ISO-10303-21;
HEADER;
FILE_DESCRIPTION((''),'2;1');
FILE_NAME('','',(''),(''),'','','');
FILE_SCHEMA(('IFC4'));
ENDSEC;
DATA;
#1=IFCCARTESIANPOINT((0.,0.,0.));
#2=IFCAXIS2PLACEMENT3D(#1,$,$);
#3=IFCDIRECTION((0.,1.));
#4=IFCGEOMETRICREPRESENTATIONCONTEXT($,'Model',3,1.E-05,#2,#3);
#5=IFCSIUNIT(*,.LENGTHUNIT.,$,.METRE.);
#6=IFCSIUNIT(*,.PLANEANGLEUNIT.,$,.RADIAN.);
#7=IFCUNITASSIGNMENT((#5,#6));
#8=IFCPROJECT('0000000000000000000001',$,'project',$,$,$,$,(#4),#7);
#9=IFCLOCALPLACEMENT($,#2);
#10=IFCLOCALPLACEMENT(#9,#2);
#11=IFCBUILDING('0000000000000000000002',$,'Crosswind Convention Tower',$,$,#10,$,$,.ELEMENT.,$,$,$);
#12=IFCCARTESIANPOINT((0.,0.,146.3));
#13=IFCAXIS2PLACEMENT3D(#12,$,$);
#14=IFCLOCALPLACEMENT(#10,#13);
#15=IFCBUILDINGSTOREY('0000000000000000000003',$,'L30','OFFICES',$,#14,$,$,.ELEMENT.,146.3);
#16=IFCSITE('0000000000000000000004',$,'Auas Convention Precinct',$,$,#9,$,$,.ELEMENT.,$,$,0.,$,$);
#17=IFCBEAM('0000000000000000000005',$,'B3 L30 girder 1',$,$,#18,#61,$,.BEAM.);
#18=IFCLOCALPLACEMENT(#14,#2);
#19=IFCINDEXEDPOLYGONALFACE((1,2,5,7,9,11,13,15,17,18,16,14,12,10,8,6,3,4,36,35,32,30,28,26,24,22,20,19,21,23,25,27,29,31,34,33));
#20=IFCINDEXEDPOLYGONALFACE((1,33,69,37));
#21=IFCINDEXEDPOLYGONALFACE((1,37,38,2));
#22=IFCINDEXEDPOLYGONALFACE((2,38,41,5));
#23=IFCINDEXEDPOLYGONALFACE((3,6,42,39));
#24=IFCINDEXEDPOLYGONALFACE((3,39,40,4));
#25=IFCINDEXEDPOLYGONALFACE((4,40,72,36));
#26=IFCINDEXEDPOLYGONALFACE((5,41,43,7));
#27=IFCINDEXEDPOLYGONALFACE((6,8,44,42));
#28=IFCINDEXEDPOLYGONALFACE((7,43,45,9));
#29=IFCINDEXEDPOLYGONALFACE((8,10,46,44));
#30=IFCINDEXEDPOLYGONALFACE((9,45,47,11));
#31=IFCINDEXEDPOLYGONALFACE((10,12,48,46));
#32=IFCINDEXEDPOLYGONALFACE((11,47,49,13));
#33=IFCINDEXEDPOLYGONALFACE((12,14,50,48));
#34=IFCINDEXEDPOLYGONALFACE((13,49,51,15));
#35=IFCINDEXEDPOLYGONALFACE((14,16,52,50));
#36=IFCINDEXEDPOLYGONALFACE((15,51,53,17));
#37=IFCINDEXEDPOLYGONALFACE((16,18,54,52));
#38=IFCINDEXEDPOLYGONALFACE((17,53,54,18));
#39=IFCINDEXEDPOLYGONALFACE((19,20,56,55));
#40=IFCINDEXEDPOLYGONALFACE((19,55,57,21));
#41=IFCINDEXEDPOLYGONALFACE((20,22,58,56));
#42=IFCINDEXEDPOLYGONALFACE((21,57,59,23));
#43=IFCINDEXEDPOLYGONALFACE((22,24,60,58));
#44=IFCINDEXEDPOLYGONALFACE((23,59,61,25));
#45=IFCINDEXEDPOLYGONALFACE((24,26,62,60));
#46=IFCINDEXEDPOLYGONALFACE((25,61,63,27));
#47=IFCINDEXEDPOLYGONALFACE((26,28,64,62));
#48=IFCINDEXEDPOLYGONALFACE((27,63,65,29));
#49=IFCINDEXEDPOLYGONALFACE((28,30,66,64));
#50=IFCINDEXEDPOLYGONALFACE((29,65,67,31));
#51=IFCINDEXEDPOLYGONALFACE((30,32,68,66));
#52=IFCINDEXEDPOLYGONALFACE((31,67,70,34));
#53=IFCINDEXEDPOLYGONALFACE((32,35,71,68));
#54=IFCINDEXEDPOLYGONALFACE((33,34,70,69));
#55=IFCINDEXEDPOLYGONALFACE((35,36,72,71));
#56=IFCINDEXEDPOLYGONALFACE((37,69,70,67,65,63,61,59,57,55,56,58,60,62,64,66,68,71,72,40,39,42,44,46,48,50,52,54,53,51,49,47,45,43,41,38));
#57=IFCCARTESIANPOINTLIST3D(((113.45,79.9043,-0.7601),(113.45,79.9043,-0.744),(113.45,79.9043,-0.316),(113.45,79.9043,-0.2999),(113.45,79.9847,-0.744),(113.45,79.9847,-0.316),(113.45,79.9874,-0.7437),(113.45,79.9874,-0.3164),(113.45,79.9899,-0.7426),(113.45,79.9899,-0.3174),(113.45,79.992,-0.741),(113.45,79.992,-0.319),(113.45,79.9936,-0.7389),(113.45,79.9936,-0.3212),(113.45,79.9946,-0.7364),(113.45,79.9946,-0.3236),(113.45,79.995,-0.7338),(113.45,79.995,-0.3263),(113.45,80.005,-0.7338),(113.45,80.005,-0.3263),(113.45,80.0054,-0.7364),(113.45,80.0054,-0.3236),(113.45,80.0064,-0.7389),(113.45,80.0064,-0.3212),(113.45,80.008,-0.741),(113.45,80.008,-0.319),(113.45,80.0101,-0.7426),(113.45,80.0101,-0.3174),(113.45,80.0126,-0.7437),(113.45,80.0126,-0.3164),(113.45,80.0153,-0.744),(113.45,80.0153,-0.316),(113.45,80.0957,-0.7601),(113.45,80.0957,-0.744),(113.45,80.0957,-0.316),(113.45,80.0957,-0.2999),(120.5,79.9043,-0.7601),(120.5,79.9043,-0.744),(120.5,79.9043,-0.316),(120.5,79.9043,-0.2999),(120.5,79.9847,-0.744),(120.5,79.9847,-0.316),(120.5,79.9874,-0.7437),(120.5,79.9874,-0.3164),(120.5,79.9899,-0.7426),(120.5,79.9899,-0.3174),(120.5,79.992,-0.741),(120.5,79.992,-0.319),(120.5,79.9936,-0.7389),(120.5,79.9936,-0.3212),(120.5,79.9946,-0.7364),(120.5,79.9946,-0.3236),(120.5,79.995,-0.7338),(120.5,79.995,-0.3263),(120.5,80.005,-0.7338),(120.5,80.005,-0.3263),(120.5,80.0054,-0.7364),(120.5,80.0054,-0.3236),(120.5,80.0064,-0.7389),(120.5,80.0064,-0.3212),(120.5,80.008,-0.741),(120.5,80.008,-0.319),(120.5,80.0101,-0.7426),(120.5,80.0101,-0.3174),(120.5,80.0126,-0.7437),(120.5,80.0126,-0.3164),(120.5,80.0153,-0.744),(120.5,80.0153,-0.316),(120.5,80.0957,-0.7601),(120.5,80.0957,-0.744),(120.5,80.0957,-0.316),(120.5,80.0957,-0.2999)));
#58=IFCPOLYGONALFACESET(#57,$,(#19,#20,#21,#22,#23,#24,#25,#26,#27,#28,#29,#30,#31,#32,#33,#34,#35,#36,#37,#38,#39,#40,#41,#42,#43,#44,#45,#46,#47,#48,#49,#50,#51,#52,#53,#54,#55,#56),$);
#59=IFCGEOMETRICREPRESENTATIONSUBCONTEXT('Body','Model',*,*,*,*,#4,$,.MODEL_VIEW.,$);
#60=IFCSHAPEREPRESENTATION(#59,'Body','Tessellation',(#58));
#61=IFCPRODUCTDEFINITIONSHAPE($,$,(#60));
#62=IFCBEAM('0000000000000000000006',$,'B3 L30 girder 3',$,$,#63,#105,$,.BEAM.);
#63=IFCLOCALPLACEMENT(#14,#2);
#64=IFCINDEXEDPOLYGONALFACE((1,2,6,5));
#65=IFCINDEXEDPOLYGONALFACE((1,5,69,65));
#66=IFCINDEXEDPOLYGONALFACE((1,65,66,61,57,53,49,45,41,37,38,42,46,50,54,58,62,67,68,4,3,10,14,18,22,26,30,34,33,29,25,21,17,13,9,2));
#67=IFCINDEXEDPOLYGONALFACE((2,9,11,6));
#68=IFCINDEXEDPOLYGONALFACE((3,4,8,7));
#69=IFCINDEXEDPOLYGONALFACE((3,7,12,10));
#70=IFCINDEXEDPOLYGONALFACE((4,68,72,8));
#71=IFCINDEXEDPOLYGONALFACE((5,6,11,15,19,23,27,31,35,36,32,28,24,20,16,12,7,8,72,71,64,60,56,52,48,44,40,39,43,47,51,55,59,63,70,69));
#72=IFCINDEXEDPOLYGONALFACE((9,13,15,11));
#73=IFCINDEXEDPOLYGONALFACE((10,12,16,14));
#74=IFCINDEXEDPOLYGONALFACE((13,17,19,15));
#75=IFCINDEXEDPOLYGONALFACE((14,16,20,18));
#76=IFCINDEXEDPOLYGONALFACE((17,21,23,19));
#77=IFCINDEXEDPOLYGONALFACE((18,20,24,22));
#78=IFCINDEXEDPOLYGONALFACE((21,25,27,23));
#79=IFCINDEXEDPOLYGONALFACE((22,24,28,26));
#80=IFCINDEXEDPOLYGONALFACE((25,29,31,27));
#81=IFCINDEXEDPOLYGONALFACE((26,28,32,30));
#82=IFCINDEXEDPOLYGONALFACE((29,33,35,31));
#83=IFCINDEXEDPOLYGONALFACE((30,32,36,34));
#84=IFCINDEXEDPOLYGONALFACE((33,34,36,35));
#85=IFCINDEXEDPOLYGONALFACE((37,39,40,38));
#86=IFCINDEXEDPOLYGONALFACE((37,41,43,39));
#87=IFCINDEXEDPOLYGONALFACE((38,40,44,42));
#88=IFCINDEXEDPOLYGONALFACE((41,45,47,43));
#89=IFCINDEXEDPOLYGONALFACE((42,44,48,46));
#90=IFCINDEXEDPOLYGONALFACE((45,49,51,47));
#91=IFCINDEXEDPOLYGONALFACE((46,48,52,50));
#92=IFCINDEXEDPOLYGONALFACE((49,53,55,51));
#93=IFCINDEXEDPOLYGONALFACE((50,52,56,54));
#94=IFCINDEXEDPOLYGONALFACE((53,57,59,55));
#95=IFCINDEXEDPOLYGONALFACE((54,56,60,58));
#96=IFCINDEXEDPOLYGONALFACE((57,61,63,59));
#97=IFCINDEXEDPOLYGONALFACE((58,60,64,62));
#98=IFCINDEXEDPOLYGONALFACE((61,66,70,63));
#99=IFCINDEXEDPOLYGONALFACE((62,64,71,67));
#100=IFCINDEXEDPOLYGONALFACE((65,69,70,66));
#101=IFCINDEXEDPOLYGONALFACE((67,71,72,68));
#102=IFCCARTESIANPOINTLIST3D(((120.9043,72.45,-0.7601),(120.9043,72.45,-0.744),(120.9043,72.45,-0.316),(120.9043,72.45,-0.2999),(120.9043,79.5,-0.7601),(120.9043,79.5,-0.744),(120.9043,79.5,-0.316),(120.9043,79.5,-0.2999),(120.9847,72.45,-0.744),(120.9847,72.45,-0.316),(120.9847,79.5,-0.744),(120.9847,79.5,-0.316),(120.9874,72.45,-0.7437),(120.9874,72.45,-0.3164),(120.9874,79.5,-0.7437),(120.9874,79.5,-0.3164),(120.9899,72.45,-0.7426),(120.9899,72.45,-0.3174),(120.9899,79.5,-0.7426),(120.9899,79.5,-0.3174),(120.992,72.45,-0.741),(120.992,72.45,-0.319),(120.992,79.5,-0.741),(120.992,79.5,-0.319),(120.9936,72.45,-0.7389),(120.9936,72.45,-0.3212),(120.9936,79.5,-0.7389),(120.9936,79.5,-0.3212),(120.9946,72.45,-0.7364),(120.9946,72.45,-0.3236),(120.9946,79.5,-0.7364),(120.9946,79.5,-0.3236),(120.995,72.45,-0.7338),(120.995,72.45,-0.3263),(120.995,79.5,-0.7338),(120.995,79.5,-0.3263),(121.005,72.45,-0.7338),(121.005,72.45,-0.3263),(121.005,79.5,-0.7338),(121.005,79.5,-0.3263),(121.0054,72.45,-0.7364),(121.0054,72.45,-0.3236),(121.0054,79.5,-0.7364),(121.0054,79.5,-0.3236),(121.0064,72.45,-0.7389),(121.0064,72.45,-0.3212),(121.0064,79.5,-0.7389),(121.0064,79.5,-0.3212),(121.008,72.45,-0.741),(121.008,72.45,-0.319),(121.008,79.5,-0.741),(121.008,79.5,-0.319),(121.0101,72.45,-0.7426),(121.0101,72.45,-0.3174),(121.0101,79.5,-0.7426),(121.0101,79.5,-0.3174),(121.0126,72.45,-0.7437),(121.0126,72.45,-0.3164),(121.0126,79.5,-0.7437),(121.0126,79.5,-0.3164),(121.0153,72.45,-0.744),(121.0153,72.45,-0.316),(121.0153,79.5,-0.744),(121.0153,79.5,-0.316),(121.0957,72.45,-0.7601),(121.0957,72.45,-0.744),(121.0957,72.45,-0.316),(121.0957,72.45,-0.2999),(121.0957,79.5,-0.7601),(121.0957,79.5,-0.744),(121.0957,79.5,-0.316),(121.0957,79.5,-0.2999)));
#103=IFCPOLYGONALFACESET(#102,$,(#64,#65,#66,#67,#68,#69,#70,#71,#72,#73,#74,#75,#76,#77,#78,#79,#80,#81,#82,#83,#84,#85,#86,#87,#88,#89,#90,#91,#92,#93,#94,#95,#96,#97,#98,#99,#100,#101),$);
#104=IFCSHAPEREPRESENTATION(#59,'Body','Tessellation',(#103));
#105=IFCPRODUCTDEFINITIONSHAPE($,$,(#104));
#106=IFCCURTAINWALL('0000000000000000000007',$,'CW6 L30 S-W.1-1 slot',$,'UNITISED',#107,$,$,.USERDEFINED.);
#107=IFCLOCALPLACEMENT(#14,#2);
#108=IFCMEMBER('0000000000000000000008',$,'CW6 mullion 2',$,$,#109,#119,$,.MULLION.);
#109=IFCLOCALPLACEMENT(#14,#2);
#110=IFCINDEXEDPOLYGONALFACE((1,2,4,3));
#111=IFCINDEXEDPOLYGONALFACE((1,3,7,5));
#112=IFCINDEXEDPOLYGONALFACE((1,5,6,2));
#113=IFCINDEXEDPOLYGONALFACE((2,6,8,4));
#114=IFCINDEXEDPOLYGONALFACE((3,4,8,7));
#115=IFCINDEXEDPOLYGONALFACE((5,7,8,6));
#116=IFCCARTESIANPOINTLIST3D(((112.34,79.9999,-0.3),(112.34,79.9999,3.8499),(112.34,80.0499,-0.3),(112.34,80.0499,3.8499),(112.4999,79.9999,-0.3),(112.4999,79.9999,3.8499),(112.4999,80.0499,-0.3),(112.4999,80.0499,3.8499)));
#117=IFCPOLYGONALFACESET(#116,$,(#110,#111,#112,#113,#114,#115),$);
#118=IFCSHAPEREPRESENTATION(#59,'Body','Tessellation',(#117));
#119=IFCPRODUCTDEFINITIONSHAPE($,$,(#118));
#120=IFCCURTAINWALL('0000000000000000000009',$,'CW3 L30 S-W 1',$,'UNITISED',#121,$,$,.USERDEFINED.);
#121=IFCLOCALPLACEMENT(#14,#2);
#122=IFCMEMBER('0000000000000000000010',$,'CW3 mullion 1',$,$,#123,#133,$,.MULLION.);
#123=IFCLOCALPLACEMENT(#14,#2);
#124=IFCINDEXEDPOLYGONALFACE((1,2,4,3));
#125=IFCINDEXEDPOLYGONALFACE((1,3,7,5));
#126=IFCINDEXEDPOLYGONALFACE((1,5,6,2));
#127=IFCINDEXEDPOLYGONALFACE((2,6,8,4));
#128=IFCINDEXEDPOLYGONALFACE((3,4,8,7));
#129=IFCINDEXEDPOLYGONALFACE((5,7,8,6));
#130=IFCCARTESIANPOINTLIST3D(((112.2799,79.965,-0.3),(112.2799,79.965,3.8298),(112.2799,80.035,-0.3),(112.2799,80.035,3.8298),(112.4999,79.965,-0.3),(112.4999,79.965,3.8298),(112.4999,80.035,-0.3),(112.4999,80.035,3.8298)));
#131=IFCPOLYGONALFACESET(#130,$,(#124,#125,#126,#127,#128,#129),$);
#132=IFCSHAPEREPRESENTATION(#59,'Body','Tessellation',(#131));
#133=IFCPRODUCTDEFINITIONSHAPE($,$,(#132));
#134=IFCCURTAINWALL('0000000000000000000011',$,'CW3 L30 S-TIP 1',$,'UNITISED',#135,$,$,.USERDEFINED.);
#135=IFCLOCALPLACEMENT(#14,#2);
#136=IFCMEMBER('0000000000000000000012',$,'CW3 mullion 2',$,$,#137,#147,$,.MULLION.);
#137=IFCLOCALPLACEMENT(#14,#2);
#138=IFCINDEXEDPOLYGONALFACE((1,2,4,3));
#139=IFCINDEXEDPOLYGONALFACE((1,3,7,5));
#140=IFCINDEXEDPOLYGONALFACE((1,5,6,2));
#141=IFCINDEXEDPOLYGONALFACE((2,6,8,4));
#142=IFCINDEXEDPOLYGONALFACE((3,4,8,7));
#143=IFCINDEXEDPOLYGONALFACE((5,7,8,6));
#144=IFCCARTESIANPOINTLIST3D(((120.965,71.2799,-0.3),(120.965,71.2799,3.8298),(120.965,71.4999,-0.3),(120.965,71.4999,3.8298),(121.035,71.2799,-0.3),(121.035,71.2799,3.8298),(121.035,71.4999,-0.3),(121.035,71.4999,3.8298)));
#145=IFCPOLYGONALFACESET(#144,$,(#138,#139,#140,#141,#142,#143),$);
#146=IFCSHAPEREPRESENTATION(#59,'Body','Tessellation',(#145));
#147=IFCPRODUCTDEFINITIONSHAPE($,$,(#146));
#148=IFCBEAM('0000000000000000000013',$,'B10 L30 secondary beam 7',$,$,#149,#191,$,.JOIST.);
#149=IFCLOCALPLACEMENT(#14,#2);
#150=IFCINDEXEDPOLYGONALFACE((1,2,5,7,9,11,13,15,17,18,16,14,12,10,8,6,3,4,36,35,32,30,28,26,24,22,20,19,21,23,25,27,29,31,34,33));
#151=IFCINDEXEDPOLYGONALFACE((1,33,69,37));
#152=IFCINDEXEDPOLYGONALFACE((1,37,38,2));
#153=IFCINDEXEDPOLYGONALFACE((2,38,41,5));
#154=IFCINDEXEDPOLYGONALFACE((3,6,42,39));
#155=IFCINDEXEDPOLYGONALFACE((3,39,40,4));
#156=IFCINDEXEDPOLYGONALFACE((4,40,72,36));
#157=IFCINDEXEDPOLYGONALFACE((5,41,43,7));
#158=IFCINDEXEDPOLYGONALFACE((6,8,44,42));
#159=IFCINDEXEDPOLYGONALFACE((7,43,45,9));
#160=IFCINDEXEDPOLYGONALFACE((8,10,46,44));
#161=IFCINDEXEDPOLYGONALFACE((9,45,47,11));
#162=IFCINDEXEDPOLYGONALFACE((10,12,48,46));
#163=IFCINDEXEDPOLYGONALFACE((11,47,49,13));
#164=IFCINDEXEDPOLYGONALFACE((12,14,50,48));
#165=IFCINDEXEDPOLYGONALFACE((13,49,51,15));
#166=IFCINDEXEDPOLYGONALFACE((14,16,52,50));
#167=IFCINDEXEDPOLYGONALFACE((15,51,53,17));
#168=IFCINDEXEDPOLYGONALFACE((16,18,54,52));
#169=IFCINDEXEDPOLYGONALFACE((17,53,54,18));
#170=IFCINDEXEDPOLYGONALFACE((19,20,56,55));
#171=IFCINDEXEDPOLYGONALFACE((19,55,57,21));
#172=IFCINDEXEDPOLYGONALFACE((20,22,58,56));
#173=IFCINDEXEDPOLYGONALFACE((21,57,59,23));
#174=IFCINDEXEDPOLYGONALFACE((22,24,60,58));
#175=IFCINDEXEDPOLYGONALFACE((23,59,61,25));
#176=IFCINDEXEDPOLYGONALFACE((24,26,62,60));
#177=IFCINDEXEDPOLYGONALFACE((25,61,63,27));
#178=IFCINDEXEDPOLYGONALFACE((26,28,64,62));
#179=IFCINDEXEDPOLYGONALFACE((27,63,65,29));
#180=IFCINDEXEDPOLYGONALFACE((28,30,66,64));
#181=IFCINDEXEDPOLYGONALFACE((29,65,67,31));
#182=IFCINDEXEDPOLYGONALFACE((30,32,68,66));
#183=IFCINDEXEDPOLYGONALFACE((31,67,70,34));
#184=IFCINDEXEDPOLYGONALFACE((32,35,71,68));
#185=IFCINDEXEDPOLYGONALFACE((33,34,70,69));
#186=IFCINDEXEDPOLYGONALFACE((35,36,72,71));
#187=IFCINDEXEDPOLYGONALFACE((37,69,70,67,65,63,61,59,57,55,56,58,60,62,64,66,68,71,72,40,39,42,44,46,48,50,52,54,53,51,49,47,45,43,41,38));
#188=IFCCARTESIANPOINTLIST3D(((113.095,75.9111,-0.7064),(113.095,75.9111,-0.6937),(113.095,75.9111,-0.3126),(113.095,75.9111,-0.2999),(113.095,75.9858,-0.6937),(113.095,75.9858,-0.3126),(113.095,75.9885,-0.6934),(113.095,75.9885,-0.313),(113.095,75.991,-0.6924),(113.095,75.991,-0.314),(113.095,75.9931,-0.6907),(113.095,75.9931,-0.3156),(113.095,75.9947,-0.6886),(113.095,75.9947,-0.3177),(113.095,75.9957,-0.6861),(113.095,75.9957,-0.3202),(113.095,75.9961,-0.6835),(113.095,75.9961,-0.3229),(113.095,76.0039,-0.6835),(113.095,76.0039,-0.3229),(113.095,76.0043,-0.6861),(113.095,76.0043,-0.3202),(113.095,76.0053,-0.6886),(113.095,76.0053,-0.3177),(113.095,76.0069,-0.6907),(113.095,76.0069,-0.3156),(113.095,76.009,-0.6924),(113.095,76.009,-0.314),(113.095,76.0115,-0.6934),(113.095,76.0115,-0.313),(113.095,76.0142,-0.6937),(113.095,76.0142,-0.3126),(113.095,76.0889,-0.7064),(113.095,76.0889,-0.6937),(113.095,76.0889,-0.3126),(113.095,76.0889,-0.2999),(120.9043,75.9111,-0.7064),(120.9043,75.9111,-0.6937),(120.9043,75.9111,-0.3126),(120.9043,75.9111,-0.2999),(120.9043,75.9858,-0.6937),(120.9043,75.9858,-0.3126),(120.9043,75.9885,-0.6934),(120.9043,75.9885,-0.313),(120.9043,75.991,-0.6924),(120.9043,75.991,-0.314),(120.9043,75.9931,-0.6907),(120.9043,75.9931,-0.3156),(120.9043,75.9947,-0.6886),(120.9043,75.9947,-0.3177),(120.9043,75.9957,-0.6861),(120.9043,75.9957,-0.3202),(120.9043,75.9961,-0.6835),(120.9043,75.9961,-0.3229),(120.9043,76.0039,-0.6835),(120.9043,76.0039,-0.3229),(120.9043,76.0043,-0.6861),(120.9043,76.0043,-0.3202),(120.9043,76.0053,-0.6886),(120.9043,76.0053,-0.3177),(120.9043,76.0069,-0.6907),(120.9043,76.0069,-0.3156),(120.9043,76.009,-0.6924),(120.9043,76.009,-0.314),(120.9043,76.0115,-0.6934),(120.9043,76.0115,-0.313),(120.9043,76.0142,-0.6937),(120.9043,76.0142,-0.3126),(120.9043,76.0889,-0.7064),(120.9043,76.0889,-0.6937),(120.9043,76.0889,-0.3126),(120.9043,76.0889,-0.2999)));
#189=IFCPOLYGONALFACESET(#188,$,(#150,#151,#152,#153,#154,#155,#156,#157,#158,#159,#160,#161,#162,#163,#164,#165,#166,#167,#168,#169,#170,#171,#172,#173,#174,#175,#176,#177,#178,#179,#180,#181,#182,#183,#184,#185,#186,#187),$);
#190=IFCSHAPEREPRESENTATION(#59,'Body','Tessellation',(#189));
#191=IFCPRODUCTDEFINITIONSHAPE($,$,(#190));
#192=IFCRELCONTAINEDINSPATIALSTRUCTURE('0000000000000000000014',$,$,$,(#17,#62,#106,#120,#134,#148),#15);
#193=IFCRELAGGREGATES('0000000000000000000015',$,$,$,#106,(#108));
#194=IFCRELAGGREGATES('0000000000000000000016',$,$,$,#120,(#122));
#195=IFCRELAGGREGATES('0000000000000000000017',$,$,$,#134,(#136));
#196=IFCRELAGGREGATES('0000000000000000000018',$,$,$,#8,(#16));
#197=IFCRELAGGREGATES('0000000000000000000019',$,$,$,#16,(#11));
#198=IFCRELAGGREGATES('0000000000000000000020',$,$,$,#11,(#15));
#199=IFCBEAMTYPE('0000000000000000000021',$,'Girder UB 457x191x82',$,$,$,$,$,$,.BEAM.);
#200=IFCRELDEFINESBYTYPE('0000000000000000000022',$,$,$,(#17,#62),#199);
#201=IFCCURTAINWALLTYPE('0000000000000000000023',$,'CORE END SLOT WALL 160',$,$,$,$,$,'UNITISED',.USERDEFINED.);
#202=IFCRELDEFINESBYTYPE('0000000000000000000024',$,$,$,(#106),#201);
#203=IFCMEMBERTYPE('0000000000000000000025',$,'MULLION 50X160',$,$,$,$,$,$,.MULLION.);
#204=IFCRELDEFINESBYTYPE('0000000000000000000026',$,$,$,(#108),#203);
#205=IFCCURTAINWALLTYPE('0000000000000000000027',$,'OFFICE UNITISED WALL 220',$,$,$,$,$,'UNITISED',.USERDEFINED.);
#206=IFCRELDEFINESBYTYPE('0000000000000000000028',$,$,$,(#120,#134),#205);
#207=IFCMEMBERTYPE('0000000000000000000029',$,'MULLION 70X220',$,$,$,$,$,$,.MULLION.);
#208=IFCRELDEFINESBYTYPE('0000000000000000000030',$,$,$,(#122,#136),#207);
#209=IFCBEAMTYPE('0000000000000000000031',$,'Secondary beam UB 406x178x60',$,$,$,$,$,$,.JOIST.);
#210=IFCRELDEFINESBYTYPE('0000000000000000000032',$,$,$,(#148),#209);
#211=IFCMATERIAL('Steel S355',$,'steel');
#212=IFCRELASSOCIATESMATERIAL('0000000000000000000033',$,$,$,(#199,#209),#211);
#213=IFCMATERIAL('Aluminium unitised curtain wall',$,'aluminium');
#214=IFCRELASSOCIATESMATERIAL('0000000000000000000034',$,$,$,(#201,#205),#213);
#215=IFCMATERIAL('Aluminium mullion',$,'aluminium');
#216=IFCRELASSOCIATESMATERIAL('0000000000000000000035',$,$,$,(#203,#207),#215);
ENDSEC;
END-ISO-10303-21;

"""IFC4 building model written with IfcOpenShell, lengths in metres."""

from ifc_helpers import new_model, si_unit, direction, frame, origin, origin_2d, place, context, subcontext, project, spatial, rectangle, i_section, extrude, material, material_profile, profile_set, type_object, element, aggregate, save


model = new_model("IFC4")

# Units and contexts
model_context = context("Model", 3, precision=1e-05, world=origin(), true_north=direction((0.0, 1.0)))
body_context = subcontext(model_context, "Body", "Model", "MODEL_VIEW")
ifc_project = project(units=[si_unit("LENGTHUNIT", "METRE"), si_unit("PLANEANGLEUNIT", "RADIAN")], contexts=[model_context])

# Site, building, storey
site_placement = place(None, origin())
site = spatial("IfcSite", under=ifc_project, at=site_placement, Name="Auas Convention Precinct", CompositionType="ELEMENT", RefElevation=0.0)
building_placement = place(site_placement, origin())
building = spatial("IfcBuilding", under=site, at=building_placement, Name="Crosswind Convention Tower", CompositionType="ELEMENT")
storey_placement = place(building_placement, frame((0.0, 0.0, 146.3)))
storey = spatial("IfcBuildingStorey", under=building, at=storey_placement, Name="L30", Description="OFFICES", CompositionType="ELEMENT", Elevation=146.3)

# Beams
ifc_material_1 = material(Name="Steel S355", Category="steel")
ifc_material_profile_1 = material_profile(ifc_material_1, i_section(OverallWidth=0.1914, OverallDepth=0.4602, WebThickness=0.01, FlangeThickness=0.0161, FilletRadius=0.0103, at=origin_2d()), Name="UB 457x191x82")
ifc_profile_set_1 = profile_set([ifc_material_profile_1], Name="Steel S355")
beam_type_1 = type_object("IfcBeamType", Name="Girder UB 457x191x82", PredefinedType="BEAM", material=ifc_profile_set_1)
for number, where, z_axis, x_axis, name in (
    (1, (113.45, 80.0, -0.53), (1.0, 0.0, 0.0), (0.0, 1.0, 0.0), "B3 L30 girder 1"),
    (2, (121.0, 72.45, -0.53), (0.0, 1.0, 0.0), (-1.0, 0.0, 0.0), "B3 L30 girder 3"),
):
    element("IfcBeam", number, at=place(storey_placement, frame(where, z_axis=z_axis, x_axis=x_axis)), inside=storey, type_object=beam_type_1, Name=name, PredefinedType="BEAM", context=body_context, shape_type="SweptSolid", body=[
        extrude(i_section(OverallWidth=0.1914, OverallDepth=0.4602, WebThickness=0.01, FlangeThickness=0.0161, FilletRadius=0.0103, at=origin_2d()), origin(), (0.0, 0.0, 1.0), 7.05),
    ])

# Curtain walls, members
ifc_material_2 = material(Name="Aluminium unitised curtain wall", Category="aluminium")
curtain_wall_type_1 = type_object("IfcCurtainWallType", Name="CORE END SLOT WALL 160", ElementType="UNITISED", PredefinedType="USERDEFINED", material=ifc_material_2)
curtain_wall_1_placement = place(storey_placement, origin())
curtain_wall_1 = element("IfcCurtainWall", 3, at=curtain_wall_1_placement, inside=storey, type_object=curtain_wall_type_1, Name="CW6 L30 S-W.1-1 slot", ObjectType="UNITISED", PredefinedType="USERDEFINED")
ifc_material_3 = material(Name="Aluminium mullion", Category="aluminium")
ifc_material_profile_2 = material_profile(ifc_material_3, rectangle(XDim=0.1599, YDim=0.05, at=origin_2d()), Name="AL 160X50")
ifc_profile_set_2 = profile_set([ifc_material_profile_2], Name="Aluminium mullion")
member_type_1 = type_object("IfcMemberType", Name="MULLION 50X160", PredefinedType="MULLION", material=ifc_profile_set_2)
member_1_placement = place(storey_placement, frame((112.4199, 80.0249, -0.3), z_axis=(0.0, 0.0, 1.0), x_axis=(-1.0, 0.0, 0.0)))
member_1 = element("IfcMember", 4, at=member_1_placement, type_object=member_type_1, Name="CW6 mullion 2", PredefinedType="MULLION", context=body_context, shape_type="SweptSolid", body=[
    extrude(rectangle(XDim=0.1599, YDim=0.05, at=origin_2d()), origin(), (0.0, 0.0, 1.0), 4.1499),
])
aggregate(curtain_wall_1, [member_1])
curtain_wall_type_2 = type_object("IfcCurtainWallType", Name="OFFICE UNITISED WALL 220", ElementType="UNITISED", PredefinedType="USERDEFINED", material=ifc_material_2)
curtain_wall_2_placement = place(storey_placement, origin())
curtain_wall_2 = element("IfcCurtainWall", 5, at=curtain_wall_2_placement, inside=storey, type_object=curtain_wall_type_2, Name="CW3 L30 S-W 1", ObjectType="UNITISED", PredefinedType="USERDEFINED")
ifc_material_profile_3 = material_profile(ifc_material_3, rectangle(XDim=0.22, YDim=0.0701, at=origin_2d()), Name="AL 220X70")
ifc_profile_set_3 = profile_set([ifc_material_profile_3], Name="Aluminium mullion")
member_type_2 = type_object("IfcMemberType", Name="MULLION 70X220", PredefinedType="MULLION", material=ifc_profile_set_3)
member_2_placement = place(storey_placement, frame((112.3899, 80.0, -0.3), z_axis=(0.0, 0.0, 1.0), x_axis=(-1.0, 0.0, 0.0)))
member_2 = element("IfcMember", 6, at=member_2_placement, type_object=member_type_2, Name="CW3 mullion 1", PredefinedType="MULLION", context=body_context, shape_type="SweptSolid", body=[
    extrude(rectangle(XDim=0.22, YDim=0.0701, at=origin_2d()), origin(), (0.0, 0.0, 1.0), 4.1299),
])
aggregate(curtain_wall_2, [member_2])
curtain_wall_3_placement = place(storey_placement, origin())
curtain_wall_3 = element("IfcCurtainWall", 7, at=curtain_wall_3_placement, inside=storey, type_object=curtain_wall_type_2, Name="CW3 L30 S-TIP 1", ObjectType="UNITISED", PredefinedType="USERDEFINED")
member_3_placement = place(storey_placement, frame((121.0, 71.3899, -0.3), z_axis=(0.0, 0.0, 1.0), x_axis=(0.0, -1.0, 0.0)))
member_3 = element("IfcMember", 8, at=member_3_placement, type_object=member_type_2, Name="CW3 mullion 2", PredefinedType="MULLION", context=body_context, shape_type="SweptSolid", body=[
    extrude(rectangle(XDim=0.22, YDim=0.0701, at=origin_2d()), origin(), (0.0, 0.0, 1.0), 4.1299),
])

# Beam
ifc_material_profile_4 = material_profile(ifc_material_1, i_section(OverallWidth=0.1777, OverallDepth=0.4065, WebThickness=0.0078, FlangeThickness=0.0127, FilletRadius=0.0103, at=origin_2d()), Name="UB 406x178x60")
ifc_profile_set_4 = profile_set([ifc_material_profile_4], Name="Steel S355")
beam_type_2 = type_object("IfcBeamType", Name="Secondary beam UB 406x178x60", PredefinedType="JOIST", material=ifc_profile_set_4)
beam_1_placement = place(storey_placement, frame((113.095, 76.0, -0.5032), z_axis=(1.0, 0.0, 0.0), x_axis=(0.0, 1.0, 0.0)))
element("IfcBeam", 9, at=beam_1_placement, inside=storey, type_object=beam_type_2, Name="B10 L30 secondary beam 7", PredefinedType="JOIST", context=body_context, shape_type="SweptSolid", body=[
    extrude(i_section(OverallWidth=0.1777, OverallDepth=0.4065, WebThickness=0.0078, FlangeThickness=0.0127, FilletRadius=0.0103, at=origin_2d()), origin(), (0.0, 0.0, 1.0), 7.8093),
])

aggregate(curtain_wall_3, [member_3])

save(model, "model.ifc")
